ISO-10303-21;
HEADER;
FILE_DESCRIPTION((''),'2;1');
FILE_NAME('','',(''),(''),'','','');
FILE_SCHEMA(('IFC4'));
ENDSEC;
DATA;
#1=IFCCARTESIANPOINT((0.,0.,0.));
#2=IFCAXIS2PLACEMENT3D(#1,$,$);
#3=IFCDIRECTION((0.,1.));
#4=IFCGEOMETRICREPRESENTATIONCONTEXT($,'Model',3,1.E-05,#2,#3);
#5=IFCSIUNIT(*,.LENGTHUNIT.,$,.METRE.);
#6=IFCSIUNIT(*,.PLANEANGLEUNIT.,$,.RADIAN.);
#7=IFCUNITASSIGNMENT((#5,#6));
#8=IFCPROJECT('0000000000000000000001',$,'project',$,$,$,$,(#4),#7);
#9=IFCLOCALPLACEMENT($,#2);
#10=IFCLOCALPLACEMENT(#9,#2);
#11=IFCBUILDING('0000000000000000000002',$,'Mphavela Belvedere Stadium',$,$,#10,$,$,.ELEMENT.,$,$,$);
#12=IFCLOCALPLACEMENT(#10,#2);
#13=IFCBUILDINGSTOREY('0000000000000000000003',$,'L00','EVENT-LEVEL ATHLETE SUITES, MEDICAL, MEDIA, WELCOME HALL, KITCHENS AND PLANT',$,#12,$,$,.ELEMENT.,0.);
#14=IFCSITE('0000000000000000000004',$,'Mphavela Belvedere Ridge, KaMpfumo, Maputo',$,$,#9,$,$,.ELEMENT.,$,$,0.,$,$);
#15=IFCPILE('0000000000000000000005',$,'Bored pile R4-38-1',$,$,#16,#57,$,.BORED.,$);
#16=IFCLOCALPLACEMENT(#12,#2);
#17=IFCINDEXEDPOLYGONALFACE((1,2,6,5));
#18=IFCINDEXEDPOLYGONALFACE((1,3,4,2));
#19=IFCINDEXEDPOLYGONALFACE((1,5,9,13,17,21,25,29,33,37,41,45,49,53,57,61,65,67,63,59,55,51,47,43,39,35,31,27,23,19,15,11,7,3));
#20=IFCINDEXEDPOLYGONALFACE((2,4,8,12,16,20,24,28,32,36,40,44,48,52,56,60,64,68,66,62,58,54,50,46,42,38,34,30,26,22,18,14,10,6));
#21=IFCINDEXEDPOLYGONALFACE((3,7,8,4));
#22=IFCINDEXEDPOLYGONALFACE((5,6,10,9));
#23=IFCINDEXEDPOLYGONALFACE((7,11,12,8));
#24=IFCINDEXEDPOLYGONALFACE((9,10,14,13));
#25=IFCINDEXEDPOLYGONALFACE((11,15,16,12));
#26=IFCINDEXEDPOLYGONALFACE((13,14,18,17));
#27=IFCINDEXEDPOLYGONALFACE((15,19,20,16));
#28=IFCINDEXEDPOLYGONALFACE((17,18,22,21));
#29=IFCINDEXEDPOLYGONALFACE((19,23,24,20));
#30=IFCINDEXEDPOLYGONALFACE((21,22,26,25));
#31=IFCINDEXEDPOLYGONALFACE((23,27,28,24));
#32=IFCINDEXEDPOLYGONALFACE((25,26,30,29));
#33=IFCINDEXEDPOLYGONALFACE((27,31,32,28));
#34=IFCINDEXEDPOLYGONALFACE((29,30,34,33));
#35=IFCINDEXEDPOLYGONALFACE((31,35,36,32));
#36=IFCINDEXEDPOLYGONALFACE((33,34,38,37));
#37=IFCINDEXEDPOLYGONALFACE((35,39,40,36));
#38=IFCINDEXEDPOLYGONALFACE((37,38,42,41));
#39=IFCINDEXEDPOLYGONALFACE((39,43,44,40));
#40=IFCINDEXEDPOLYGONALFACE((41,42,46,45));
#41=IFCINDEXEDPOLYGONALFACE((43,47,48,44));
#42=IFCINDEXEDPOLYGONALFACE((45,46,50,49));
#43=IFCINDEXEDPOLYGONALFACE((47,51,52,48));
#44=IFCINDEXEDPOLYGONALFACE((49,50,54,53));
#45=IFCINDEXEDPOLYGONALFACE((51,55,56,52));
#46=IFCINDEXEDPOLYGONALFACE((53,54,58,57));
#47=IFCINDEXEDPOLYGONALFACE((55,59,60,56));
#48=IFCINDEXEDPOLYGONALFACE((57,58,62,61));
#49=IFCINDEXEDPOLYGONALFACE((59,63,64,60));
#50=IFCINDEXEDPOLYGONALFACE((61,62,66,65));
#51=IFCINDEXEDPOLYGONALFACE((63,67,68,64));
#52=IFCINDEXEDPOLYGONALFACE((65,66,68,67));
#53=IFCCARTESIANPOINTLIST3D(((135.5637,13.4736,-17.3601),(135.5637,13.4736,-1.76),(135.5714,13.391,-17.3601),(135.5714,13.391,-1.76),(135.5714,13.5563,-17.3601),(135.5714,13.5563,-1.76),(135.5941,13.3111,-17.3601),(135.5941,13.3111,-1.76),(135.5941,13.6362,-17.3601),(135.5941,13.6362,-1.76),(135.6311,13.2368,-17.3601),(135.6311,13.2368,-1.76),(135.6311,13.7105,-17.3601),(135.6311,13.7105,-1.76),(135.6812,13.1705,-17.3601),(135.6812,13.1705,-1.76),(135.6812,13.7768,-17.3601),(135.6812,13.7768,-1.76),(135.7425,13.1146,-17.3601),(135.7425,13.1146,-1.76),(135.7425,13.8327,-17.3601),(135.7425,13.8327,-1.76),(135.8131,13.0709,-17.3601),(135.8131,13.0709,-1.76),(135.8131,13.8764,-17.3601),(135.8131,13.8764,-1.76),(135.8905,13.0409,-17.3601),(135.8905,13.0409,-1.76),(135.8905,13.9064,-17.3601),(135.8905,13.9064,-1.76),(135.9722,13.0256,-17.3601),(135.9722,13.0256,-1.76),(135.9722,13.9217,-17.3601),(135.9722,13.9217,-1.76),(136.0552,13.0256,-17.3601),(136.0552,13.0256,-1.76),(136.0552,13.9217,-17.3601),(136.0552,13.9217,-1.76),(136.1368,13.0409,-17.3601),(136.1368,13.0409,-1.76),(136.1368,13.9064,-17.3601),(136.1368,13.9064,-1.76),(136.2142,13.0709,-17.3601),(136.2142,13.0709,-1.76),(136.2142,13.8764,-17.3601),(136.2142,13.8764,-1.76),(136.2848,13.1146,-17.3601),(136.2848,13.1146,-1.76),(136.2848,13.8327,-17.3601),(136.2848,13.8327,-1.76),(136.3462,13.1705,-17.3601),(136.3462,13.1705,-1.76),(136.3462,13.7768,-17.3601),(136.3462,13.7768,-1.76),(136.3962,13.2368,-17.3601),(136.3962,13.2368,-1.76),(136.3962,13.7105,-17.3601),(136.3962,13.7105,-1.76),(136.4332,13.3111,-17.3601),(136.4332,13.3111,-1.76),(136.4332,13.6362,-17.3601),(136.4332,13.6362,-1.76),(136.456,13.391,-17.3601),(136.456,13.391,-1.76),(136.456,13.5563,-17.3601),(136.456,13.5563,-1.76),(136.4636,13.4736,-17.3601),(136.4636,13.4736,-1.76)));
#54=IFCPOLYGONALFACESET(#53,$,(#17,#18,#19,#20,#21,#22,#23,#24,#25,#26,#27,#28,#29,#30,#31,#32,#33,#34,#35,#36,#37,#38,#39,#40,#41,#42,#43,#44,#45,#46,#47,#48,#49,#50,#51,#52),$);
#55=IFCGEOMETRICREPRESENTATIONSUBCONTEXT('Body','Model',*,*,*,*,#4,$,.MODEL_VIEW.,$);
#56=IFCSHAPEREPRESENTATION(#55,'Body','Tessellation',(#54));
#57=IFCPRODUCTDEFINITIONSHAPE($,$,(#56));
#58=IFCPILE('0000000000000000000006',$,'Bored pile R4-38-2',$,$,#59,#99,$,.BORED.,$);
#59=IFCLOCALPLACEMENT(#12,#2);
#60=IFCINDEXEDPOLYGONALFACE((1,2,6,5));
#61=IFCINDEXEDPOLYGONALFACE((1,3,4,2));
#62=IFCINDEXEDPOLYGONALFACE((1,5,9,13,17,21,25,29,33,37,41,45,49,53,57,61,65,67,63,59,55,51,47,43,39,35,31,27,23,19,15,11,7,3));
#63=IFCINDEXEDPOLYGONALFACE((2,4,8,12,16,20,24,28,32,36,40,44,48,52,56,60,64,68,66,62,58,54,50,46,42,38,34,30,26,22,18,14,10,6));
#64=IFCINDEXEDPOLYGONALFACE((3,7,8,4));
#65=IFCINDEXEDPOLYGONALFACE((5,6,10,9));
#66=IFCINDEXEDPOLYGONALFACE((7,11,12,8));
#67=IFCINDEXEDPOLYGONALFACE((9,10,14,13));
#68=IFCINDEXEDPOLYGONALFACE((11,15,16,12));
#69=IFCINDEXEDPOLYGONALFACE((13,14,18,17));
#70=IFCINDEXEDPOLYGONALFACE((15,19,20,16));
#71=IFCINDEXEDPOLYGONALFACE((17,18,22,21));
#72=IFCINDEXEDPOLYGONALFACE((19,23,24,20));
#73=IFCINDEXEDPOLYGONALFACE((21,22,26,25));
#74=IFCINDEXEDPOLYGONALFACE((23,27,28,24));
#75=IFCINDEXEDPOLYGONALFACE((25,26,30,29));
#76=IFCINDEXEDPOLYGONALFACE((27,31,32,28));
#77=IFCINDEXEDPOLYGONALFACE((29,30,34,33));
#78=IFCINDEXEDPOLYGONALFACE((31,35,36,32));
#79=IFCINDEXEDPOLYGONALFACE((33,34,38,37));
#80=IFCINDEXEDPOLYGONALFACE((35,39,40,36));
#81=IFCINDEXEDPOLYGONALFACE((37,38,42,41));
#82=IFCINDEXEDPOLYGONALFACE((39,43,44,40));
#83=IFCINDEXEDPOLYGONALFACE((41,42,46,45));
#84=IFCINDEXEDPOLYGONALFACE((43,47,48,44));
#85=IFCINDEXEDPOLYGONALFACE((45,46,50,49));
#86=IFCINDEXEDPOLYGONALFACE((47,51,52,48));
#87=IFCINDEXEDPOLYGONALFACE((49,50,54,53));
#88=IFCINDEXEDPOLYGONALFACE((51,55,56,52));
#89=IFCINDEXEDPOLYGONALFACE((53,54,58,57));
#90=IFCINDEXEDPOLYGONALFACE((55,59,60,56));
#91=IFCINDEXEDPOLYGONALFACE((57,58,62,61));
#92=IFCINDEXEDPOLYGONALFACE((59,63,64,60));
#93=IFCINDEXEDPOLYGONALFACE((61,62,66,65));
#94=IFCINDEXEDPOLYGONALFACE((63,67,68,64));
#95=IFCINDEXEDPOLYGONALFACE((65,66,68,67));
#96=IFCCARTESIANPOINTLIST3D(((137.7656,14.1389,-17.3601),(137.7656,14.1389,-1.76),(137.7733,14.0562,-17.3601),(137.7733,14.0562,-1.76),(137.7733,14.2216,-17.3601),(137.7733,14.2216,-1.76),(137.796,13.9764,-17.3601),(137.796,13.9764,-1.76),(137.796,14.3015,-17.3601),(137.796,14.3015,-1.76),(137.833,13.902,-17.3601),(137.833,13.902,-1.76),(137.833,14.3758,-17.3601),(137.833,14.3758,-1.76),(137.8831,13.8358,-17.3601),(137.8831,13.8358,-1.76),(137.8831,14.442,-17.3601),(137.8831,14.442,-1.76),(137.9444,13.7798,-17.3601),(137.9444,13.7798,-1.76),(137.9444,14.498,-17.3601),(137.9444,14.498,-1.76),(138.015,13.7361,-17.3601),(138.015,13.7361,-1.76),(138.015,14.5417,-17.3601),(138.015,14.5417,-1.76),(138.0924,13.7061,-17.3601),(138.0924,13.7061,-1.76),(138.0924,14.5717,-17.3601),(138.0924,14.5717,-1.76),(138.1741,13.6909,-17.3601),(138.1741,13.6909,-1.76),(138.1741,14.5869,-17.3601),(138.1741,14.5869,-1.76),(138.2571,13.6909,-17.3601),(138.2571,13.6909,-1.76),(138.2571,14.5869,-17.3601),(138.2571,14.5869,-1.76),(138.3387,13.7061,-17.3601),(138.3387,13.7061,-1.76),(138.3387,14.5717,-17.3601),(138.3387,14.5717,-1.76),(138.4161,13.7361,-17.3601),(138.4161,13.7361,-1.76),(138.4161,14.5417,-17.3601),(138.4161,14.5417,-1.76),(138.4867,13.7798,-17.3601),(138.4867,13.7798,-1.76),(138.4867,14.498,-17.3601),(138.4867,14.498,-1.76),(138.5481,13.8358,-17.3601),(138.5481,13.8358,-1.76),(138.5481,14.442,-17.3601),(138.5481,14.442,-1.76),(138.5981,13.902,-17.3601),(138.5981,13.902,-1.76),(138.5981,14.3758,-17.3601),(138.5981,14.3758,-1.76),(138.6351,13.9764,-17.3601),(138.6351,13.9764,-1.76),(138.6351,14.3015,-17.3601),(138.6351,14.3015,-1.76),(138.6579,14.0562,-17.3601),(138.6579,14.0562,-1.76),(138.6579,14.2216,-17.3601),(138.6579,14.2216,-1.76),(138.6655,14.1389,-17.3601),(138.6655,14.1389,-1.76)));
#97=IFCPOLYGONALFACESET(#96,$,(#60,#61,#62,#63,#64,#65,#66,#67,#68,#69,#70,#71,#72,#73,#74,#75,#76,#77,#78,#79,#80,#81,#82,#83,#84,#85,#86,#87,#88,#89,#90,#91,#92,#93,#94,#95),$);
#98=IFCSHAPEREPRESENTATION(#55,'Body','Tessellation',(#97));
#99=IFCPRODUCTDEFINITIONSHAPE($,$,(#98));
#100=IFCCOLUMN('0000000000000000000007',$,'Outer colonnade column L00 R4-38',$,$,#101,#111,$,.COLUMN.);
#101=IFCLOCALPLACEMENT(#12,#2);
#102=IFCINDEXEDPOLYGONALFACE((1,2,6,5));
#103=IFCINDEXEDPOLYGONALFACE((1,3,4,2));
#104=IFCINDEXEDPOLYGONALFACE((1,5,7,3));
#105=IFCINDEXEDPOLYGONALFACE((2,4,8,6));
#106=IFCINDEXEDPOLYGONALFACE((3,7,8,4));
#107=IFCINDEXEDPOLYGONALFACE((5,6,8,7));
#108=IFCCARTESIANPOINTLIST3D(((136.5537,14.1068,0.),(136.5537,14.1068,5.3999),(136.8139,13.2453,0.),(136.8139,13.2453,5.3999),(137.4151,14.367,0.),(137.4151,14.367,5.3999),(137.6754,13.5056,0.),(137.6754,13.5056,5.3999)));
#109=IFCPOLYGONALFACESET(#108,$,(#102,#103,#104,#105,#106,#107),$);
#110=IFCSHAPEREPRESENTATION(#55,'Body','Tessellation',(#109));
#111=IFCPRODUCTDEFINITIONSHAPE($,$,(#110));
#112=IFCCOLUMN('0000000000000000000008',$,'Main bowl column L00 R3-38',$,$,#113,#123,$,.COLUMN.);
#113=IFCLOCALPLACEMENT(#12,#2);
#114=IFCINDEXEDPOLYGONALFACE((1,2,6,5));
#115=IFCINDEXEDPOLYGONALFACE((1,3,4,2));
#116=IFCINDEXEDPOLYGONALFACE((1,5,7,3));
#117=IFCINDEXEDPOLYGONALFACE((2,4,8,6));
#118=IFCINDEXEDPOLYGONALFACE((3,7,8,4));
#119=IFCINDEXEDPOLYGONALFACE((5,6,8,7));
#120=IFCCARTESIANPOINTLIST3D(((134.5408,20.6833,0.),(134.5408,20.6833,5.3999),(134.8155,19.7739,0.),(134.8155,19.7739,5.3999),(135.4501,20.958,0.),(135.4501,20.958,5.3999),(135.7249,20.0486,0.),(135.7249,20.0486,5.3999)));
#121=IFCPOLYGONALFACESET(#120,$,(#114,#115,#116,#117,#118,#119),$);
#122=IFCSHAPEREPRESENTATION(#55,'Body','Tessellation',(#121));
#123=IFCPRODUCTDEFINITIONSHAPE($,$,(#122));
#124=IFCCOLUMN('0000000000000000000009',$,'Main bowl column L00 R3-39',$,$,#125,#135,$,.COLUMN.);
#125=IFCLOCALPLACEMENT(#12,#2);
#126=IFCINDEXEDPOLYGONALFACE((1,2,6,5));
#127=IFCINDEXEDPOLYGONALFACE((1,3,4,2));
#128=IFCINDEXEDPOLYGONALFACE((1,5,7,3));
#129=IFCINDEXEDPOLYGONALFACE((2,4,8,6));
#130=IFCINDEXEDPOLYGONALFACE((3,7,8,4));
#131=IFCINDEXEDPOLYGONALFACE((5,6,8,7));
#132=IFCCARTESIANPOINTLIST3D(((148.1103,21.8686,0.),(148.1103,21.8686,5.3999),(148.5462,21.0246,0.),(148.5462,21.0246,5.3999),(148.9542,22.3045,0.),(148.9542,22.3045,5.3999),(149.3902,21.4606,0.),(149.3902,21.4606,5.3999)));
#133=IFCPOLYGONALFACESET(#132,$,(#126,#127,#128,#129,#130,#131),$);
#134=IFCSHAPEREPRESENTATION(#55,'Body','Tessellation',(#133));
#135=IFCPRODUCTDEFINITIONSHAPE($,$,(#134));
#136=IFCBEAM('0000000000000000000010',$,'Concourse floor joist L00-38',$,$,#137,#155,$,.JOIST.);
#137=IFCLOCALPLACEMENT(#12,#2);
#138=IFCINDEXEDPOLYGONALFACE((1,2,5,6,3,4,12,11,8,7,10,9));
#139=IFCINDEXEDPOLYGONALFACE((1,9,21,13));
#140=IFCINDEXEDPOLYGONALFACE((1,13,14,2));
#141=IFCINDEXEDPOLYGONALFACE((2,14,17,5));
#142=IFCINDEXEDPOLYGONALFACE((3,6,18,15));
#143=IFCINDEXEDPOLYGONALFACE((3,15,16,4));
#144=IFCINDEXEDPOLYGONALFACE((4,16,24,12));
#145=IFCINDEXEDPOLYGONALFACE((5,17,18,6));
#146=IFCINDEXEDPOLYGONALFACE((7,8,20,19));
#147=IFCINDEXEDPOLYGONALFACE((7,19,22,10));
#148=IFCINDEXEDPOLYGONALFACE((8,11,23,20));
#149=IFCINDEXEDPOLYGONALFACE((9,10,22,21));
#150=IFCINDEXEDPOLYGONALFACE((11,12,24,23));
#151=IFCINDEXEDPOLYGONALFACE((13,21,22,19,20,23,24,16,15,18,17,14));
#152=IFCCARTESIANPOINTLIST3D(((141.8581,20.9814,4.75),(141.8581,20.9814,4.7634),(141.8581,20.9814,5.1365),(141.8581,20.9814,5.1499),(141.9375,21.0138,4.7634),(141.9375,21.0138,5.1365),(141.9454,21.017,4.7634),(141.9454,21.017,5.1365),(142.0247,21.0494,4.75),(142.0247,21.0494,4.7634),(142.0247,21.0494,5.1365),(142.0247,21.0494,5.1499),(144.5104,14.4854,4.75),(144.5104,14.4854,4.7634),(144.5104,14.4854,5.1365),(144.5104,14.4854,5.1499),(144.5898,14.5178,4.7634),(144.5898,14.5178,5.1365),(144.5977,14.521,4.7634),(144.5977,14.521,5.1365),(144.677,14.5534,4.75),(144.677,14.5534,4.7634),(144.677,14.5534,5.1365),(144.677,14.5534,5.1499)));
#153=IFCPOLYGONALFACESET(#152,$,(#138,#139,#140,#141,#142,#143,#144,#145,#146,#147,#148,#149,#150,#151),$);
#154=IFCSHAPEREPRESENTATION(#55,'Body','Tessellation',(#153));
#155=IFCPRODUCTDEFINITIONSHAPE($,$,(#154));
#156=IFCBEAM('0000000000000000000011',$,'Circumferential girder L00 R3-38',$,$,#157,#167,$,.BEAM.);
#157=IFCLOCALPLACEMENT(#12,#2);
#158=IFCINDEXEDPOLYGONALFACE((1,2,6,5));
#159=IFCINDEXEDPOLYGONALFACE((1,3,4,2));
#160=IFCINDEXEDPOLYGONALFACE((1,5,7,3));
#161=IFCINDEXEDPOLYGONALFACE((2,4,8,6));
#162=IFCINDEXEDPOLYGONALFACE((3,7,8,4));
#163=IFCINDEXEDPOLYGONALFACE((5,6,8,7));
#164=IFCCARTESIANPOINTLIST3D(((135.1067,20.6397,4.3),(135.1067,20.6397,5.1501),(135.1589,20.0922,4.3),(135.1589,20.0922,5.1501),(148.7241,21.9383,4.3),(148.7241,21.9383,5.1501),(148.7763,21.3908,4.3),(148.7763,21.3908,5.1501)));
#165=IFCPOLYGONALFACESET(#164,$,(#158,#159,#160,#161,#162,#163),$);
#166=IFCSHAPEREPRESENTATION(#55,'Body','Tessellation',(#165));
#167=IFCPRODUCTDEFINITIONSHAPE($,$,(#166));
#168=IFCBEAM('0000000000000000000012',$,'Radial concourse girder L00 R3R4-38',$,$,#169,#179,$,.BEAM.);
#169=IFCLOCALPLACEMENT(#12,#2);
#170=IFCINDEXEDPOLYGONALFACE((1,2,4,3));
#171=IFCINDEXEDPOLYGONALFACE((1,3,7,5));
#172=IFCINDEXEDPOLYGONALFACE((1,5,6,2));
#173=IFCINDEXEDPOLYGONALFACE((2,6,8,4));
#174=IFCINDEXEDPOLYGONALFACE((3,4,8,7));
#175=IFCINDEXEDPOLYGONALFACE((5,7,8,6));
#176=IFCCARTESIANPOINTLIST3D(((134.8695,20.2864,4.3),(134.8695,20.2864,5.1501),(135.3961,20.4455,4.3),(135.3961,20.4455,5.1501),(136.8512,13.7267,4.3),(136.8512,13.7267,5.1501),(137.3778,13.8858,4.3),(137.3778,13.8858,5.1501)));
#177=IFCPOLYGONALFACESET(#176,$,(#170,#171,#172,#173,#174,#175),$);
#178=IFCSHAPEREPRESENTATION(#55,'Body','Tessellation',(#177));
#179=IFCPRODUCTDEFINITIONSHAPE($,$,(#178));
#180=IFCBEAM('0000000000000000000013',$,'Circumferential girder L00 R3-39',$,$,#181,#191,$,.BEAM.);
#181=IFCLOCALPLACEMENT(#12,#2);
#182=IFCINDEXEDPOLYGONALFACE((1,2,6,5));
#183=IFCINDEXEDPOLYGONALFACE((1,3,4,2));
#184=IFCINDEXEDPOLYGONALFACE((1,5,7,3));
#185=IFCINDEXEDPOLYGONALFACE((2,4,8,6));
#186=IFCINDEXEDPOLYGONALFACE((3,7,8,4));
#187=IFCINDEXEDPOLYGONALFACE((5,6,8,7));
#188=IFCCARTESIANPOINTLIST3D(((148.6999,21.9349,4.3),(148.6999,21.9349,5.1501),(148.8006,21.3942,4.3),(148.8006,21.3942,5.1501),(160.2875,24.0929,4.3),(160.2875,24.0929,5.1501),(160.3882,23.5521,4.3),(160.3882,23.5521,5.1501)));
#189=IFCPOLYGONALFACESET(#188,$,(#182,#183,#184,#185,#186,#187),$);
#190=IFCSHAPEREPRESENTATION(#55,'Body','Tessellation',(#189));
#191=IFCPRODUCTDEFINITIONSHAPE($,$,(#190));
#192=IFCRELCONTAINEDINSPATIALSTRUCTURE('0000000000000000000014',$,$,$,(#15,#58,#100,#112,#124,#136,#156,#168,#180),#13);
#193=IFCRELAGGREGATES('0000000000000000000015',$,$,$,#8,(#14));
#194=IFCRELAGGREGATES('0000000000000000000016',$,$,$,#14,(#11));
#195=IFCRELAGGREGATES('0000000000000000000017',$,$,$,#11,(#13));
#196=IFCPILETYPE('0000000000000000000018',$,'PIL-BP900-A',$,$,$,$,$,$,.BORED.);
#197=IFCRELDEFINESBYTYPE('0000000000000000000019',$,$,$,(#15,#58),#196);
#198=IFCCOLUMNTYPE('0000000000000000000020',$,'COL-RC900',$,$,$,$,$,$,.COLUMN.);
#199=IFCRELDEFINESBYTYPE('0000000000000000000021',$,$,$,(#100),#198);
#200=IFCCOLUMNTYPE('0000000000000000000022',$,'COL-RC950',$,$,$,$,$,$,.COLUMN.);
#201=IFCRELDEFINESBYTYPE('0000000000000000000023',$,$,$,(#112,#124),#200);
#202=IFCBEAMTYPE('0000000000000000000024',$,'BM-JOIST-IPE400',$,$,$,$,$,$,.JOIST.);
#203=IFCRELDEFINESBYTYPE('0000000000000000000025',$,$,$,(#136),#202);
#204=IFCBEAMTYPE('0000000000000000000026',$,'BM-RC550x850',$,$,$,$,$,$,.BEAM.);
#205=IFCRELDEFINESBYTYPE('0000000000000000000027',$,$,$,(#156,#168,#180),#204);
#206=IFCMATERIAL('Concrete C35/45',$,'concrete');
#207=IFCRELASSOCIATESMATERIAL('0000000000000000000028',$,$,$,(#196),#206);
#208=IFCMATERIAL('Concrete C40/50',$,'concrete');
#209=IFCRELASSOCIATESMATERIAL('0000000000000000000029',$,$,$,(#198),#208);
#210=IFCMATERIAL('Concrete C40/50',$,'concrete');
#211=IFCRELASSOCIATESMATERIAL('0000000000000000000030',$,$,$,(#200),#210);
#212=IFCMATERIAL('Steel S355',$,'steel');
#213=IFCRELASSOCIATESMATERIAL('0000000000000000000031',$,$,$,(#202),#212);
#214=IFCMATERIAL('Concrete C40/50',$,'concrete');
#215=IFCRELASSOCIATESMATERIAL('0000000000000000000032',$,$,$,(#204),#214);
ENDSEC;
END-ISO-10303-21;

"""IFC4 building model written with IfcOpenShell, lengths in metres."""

from ifc_helpers import new_model, si_unit, direction, frame, origin, origin_2d, place, context, subcontext, project, spatial, rectangle, circle, i_section, extrude, material, material_profile, profile_set, type_object, element, save


model = new_model("IFC4")

# Units and contexts
model_context = context("Model", 3, precision=1e-05, world=origin(), true_north=direction((0.0, 1.0)))
body_context = subcontext(model_context, "Body", "Model", "MODEL_VIEW")
ifc_project = project(units=[si_unit("LENGTHUNIT", "METRE"), si_unit("PLANEANGLEUNIT", "RADIAN")], contexts=[model_context])

# Site, building, storey
site_placement = place(None, origin())
site = spatial("IfcSite", under=ifc_project, at=site_placement, Name="Mphavela Belvedere Ridge, KaMpfumo, Maputo", CompositionType="ELEMENT", RefElevation=0.0)
building_placement = place(site_placement, origin())
building = spatial("IfcBuilding", under=site, at=building_placement, Name="Mphavela Belvedere Stadium", CompositionType="ELEMENT")
storey_placement = place(building_placement, origin())
storey = spatial("IfcBuildingStorey", under=building, at=storey_placement, Name="L00", Description="EVENT-LEVEL ATHLETE SUITES, MEDICAL, MEDIA, WELCOME HALL, KITCHENS AND PLANT", CompositionType="ELEMENT", Elevation=0.0)

# Piles
ifc_material_1 = material(Name="Concrete C35/45", Category="concrete")
ifc_material_profile_1 = material_profile(ifc_material_1, circle(Radius=0.45, at=origin_2d()), Name="BP D900")
ifc_profile_set_1 = profile_set([ifc_material_profile_1], Name="Concrete C35/45")
pile_type_1 = type_object("IfcPileType", Name="PIL-BP900-A", PredefinedType="BORED", material=ifc_profile_set_1)
for number, where, z_axis, x_axis, name in (
    (1, (136.0137, 13.4736, -1.76), (0.0, 0.0, -1.0), (1.0, 0.0, 0.0), "Bored pile R4-38-1"),
    (2, (138.2156, 14.1389, -1.76), (0.0, 0.0, -1.0), (1.0, 0.0, 0.0), "Bored pile R4-38-2"),
):
    element("IfcPile", number, at=place(storey_placement, frame(where, z_axis=z_axis, x_axis=x_axis)), inside=storey, type_object=pile_type_1, Name=name, PredefinedType="BORED", context=body_context, shape_type="SweptSolid", body=[
        extrude(circle(Radius=0.45, at=origin_2d()), origin(), (0.0, 0.0, 1.0), 15.6001),
    ])

# Columns
ifc_material_2 = material(Name="Concrete C40/50", Category="concrete")
ifc_material_profile_2 = material_profile(ifc_material_2, rectangle(XDim=0.8999, YDim=0.8999, at=origin_2d()), Name="RC 900x900")
ifc_profile_set_2 = profile_set([ifc_material_profile_2], Name="Concrete C40/50")
column_type_1 = type_object("IfcColumnType", Name="COL-RC900", PredefinedType="COLUMN", material=ifc_profile_set_2)
column_placement = place(storey_placement, frame((137.1145, 13.8062, 0.0), z_axis=(0.0, 0.0, 1.0), x_axis=(0.289199, -0.957269, 0.0)))
element("IfcColumn", 3, at=column_placement, inside=storey, type_object=column_type_1, Name="Outer colonnade column L00 R4-38", PredefinedType="COLUMN", context=body_context, shape_type="SweptSolid", body=[
    extrude(rectangle(XDim=0.8999, YDim=0.8999, at=origin_2d()), origin(), (0.0, 0.0, 1.0), 5.3999),
])
ifc_material_3 = material(Name="Concrete C40/50", Category="concrete")
ifc_material_profile_3 = material_profile(ifc_material_3, rectangle(XDim=0.95, YDim=0.95, at=origin_2d()), Name="RC 950x950")
ifc_profile_set_3 = profile_set([ifc_material_profile_3], Name="Concrete C40/50")
column_type_2 = type_object("IfcColumnType", Name="COL-RC950", PredefinedType="COLUMN", material=ifc_profile_set_3)
for number, where, z_axis, x_axis, name in (
    (4, (135.1328, 20.366, 0.0), (0.0, 0.0, 1.0), (0.289199, -0.957269, 0.0), "Main bowl column L00 R3-38"),
    (5, (148.7502, 21.6646, 0.0), (0.0, 0.0, 1.0), (0.45896, -0.888457, 0.0), "Main bowl column L00 R3-39"),
):
    element("IfcColumn", number, at=place(storey_placement, frame(where, z_axis=z_axis, x_axis=x_axis)), inside=storey, type_object=column_type_2, Name=name, PredefinedType="COLUMN", context=body_context, shape_type="SweptSolid", body=[
        extrude(rectangle(XDim=0.95, YDim=0.95, at=origin_2d()), origin(), (0.0, 0.0, 1.0), 5.3999),
    ])

# Beams
ifc_material_4 = material(Name="Steel S355", Category="steel")
ifc_material_profile_4 = material_profile(ifc_material_4, i_section(OverallWidth=0.1799, OverallDepth=0.3999, WebThickness=0.0085, FlangeThickness=0.0134, at=origin_2d()), Name="IPE 400")
ifc_profile_set_4 = profile_set([ifc_material_profile_4], Name="Steel S355")
beam_type_1 = type_object("IfcBeamType", Name="BM-JOIST-IPE400", PredefinedType="JOIST", material=ifc_profile_set_4)
beam_1_placement = place(storey_placement, frame((141.9414, 21.0154, 4.95), z_axis=(0.378004, -0.925804, 0.0), x_axis=(0.925804, 0.378004, 0.0)))
element("IfcBeam", 6, at=beam_1_placement, inside=storey, type_object=beam_type_1, Name="Concourse floor joist L00-38", PredefinedType="JOIST", context=body_context, shape_type="SweptSolid", body=[
    extrude(i_section(OverallWidth=0.1799, OverallDepth=0.3999, WebThickness=0.0085, FlangeThickness=0.0134, at=origin_2d()), origin(), (0.0, 0.0, 1.0), 7.0166),
])
ifc_material_5 = material(Name="Concrete C40/50", Category="concrete")
ifc_material_profile_5 = material_profile(ifc_material_5, rectangle(XDim=0.55, YDim=0.8501, at=origin_2d()), Name="RC 550x850")
ifc_profile_set_5 = profile_set([ifc_material_profile_5], Name="Concrete C40/50")
beam_type_2 = type_object("IfcBeamType", Name="BM-RC550x850", PredefinedType="BEAM", material=ifc_profile_set_5)
beam_2_placement = place(storey_placement, frame((135.1328, 20.366, 4.7251), z_axis=(0.995484, 0.094931, 0.0), x_axis=(-0.094931, 0.995484, 0.0)))
element("IfcBeam", 7, at=beam_2_placement, inside=storey, type_object=beam_type_2, Name="Circumferential girder L00 R3-38", PredefinedType="BEAM", context=body_context, shape_type="SweptSolid", body=[
    extrude(rectangle(XDim=0.55, YDim=0.8501, at=origin_2d()), origin(), (0.0, 0.0, 1.0), 13.6792),
])
beam_3_placement = place(storey_placement, frame((135.1328, 20.366, 4.7251), z_axis=(0.289188, -0.957272, 0.0), x_axis=(0.957272, 0.289188, 0.0)))
element("IfcBeam", 8, at=beam_3_placement, inside=storey, type_object=beam_type_2, Name="Radial concourse girder L00 R3R4-38", PredefinedType="BEAM", context=body_context, shape_type="SweptSolid", body=[
    extrude(rectangle(XDim=0.55, YDim=0.8501, at=origin_2d()), origin(), (0.0, 0.0, 1.0), 6.8525),
])
beam_4_placement = place(storey_placement, frame((148.7502, 21.6646, 4.7251), z_axis=(0.983098, 0.183082, 0.0), x_axis=(-0.183082, 0.983098, 0.0)))
element("IfcBeam", 9, at=beam_4_placement, inside=storey, type_object=beam_type_2, Name="Circumferential girder L00 R3-39", PredefinedType="BEAM", context=body_context, shape_type="SweptSolid", body=[
    extrude(rectangle(XDim=0.55, YDim=0.8501, at=origin_2d()), origin(), (0.0, 0.0, 1.0), 11.7869),
])

save(model, "model.ifc")
